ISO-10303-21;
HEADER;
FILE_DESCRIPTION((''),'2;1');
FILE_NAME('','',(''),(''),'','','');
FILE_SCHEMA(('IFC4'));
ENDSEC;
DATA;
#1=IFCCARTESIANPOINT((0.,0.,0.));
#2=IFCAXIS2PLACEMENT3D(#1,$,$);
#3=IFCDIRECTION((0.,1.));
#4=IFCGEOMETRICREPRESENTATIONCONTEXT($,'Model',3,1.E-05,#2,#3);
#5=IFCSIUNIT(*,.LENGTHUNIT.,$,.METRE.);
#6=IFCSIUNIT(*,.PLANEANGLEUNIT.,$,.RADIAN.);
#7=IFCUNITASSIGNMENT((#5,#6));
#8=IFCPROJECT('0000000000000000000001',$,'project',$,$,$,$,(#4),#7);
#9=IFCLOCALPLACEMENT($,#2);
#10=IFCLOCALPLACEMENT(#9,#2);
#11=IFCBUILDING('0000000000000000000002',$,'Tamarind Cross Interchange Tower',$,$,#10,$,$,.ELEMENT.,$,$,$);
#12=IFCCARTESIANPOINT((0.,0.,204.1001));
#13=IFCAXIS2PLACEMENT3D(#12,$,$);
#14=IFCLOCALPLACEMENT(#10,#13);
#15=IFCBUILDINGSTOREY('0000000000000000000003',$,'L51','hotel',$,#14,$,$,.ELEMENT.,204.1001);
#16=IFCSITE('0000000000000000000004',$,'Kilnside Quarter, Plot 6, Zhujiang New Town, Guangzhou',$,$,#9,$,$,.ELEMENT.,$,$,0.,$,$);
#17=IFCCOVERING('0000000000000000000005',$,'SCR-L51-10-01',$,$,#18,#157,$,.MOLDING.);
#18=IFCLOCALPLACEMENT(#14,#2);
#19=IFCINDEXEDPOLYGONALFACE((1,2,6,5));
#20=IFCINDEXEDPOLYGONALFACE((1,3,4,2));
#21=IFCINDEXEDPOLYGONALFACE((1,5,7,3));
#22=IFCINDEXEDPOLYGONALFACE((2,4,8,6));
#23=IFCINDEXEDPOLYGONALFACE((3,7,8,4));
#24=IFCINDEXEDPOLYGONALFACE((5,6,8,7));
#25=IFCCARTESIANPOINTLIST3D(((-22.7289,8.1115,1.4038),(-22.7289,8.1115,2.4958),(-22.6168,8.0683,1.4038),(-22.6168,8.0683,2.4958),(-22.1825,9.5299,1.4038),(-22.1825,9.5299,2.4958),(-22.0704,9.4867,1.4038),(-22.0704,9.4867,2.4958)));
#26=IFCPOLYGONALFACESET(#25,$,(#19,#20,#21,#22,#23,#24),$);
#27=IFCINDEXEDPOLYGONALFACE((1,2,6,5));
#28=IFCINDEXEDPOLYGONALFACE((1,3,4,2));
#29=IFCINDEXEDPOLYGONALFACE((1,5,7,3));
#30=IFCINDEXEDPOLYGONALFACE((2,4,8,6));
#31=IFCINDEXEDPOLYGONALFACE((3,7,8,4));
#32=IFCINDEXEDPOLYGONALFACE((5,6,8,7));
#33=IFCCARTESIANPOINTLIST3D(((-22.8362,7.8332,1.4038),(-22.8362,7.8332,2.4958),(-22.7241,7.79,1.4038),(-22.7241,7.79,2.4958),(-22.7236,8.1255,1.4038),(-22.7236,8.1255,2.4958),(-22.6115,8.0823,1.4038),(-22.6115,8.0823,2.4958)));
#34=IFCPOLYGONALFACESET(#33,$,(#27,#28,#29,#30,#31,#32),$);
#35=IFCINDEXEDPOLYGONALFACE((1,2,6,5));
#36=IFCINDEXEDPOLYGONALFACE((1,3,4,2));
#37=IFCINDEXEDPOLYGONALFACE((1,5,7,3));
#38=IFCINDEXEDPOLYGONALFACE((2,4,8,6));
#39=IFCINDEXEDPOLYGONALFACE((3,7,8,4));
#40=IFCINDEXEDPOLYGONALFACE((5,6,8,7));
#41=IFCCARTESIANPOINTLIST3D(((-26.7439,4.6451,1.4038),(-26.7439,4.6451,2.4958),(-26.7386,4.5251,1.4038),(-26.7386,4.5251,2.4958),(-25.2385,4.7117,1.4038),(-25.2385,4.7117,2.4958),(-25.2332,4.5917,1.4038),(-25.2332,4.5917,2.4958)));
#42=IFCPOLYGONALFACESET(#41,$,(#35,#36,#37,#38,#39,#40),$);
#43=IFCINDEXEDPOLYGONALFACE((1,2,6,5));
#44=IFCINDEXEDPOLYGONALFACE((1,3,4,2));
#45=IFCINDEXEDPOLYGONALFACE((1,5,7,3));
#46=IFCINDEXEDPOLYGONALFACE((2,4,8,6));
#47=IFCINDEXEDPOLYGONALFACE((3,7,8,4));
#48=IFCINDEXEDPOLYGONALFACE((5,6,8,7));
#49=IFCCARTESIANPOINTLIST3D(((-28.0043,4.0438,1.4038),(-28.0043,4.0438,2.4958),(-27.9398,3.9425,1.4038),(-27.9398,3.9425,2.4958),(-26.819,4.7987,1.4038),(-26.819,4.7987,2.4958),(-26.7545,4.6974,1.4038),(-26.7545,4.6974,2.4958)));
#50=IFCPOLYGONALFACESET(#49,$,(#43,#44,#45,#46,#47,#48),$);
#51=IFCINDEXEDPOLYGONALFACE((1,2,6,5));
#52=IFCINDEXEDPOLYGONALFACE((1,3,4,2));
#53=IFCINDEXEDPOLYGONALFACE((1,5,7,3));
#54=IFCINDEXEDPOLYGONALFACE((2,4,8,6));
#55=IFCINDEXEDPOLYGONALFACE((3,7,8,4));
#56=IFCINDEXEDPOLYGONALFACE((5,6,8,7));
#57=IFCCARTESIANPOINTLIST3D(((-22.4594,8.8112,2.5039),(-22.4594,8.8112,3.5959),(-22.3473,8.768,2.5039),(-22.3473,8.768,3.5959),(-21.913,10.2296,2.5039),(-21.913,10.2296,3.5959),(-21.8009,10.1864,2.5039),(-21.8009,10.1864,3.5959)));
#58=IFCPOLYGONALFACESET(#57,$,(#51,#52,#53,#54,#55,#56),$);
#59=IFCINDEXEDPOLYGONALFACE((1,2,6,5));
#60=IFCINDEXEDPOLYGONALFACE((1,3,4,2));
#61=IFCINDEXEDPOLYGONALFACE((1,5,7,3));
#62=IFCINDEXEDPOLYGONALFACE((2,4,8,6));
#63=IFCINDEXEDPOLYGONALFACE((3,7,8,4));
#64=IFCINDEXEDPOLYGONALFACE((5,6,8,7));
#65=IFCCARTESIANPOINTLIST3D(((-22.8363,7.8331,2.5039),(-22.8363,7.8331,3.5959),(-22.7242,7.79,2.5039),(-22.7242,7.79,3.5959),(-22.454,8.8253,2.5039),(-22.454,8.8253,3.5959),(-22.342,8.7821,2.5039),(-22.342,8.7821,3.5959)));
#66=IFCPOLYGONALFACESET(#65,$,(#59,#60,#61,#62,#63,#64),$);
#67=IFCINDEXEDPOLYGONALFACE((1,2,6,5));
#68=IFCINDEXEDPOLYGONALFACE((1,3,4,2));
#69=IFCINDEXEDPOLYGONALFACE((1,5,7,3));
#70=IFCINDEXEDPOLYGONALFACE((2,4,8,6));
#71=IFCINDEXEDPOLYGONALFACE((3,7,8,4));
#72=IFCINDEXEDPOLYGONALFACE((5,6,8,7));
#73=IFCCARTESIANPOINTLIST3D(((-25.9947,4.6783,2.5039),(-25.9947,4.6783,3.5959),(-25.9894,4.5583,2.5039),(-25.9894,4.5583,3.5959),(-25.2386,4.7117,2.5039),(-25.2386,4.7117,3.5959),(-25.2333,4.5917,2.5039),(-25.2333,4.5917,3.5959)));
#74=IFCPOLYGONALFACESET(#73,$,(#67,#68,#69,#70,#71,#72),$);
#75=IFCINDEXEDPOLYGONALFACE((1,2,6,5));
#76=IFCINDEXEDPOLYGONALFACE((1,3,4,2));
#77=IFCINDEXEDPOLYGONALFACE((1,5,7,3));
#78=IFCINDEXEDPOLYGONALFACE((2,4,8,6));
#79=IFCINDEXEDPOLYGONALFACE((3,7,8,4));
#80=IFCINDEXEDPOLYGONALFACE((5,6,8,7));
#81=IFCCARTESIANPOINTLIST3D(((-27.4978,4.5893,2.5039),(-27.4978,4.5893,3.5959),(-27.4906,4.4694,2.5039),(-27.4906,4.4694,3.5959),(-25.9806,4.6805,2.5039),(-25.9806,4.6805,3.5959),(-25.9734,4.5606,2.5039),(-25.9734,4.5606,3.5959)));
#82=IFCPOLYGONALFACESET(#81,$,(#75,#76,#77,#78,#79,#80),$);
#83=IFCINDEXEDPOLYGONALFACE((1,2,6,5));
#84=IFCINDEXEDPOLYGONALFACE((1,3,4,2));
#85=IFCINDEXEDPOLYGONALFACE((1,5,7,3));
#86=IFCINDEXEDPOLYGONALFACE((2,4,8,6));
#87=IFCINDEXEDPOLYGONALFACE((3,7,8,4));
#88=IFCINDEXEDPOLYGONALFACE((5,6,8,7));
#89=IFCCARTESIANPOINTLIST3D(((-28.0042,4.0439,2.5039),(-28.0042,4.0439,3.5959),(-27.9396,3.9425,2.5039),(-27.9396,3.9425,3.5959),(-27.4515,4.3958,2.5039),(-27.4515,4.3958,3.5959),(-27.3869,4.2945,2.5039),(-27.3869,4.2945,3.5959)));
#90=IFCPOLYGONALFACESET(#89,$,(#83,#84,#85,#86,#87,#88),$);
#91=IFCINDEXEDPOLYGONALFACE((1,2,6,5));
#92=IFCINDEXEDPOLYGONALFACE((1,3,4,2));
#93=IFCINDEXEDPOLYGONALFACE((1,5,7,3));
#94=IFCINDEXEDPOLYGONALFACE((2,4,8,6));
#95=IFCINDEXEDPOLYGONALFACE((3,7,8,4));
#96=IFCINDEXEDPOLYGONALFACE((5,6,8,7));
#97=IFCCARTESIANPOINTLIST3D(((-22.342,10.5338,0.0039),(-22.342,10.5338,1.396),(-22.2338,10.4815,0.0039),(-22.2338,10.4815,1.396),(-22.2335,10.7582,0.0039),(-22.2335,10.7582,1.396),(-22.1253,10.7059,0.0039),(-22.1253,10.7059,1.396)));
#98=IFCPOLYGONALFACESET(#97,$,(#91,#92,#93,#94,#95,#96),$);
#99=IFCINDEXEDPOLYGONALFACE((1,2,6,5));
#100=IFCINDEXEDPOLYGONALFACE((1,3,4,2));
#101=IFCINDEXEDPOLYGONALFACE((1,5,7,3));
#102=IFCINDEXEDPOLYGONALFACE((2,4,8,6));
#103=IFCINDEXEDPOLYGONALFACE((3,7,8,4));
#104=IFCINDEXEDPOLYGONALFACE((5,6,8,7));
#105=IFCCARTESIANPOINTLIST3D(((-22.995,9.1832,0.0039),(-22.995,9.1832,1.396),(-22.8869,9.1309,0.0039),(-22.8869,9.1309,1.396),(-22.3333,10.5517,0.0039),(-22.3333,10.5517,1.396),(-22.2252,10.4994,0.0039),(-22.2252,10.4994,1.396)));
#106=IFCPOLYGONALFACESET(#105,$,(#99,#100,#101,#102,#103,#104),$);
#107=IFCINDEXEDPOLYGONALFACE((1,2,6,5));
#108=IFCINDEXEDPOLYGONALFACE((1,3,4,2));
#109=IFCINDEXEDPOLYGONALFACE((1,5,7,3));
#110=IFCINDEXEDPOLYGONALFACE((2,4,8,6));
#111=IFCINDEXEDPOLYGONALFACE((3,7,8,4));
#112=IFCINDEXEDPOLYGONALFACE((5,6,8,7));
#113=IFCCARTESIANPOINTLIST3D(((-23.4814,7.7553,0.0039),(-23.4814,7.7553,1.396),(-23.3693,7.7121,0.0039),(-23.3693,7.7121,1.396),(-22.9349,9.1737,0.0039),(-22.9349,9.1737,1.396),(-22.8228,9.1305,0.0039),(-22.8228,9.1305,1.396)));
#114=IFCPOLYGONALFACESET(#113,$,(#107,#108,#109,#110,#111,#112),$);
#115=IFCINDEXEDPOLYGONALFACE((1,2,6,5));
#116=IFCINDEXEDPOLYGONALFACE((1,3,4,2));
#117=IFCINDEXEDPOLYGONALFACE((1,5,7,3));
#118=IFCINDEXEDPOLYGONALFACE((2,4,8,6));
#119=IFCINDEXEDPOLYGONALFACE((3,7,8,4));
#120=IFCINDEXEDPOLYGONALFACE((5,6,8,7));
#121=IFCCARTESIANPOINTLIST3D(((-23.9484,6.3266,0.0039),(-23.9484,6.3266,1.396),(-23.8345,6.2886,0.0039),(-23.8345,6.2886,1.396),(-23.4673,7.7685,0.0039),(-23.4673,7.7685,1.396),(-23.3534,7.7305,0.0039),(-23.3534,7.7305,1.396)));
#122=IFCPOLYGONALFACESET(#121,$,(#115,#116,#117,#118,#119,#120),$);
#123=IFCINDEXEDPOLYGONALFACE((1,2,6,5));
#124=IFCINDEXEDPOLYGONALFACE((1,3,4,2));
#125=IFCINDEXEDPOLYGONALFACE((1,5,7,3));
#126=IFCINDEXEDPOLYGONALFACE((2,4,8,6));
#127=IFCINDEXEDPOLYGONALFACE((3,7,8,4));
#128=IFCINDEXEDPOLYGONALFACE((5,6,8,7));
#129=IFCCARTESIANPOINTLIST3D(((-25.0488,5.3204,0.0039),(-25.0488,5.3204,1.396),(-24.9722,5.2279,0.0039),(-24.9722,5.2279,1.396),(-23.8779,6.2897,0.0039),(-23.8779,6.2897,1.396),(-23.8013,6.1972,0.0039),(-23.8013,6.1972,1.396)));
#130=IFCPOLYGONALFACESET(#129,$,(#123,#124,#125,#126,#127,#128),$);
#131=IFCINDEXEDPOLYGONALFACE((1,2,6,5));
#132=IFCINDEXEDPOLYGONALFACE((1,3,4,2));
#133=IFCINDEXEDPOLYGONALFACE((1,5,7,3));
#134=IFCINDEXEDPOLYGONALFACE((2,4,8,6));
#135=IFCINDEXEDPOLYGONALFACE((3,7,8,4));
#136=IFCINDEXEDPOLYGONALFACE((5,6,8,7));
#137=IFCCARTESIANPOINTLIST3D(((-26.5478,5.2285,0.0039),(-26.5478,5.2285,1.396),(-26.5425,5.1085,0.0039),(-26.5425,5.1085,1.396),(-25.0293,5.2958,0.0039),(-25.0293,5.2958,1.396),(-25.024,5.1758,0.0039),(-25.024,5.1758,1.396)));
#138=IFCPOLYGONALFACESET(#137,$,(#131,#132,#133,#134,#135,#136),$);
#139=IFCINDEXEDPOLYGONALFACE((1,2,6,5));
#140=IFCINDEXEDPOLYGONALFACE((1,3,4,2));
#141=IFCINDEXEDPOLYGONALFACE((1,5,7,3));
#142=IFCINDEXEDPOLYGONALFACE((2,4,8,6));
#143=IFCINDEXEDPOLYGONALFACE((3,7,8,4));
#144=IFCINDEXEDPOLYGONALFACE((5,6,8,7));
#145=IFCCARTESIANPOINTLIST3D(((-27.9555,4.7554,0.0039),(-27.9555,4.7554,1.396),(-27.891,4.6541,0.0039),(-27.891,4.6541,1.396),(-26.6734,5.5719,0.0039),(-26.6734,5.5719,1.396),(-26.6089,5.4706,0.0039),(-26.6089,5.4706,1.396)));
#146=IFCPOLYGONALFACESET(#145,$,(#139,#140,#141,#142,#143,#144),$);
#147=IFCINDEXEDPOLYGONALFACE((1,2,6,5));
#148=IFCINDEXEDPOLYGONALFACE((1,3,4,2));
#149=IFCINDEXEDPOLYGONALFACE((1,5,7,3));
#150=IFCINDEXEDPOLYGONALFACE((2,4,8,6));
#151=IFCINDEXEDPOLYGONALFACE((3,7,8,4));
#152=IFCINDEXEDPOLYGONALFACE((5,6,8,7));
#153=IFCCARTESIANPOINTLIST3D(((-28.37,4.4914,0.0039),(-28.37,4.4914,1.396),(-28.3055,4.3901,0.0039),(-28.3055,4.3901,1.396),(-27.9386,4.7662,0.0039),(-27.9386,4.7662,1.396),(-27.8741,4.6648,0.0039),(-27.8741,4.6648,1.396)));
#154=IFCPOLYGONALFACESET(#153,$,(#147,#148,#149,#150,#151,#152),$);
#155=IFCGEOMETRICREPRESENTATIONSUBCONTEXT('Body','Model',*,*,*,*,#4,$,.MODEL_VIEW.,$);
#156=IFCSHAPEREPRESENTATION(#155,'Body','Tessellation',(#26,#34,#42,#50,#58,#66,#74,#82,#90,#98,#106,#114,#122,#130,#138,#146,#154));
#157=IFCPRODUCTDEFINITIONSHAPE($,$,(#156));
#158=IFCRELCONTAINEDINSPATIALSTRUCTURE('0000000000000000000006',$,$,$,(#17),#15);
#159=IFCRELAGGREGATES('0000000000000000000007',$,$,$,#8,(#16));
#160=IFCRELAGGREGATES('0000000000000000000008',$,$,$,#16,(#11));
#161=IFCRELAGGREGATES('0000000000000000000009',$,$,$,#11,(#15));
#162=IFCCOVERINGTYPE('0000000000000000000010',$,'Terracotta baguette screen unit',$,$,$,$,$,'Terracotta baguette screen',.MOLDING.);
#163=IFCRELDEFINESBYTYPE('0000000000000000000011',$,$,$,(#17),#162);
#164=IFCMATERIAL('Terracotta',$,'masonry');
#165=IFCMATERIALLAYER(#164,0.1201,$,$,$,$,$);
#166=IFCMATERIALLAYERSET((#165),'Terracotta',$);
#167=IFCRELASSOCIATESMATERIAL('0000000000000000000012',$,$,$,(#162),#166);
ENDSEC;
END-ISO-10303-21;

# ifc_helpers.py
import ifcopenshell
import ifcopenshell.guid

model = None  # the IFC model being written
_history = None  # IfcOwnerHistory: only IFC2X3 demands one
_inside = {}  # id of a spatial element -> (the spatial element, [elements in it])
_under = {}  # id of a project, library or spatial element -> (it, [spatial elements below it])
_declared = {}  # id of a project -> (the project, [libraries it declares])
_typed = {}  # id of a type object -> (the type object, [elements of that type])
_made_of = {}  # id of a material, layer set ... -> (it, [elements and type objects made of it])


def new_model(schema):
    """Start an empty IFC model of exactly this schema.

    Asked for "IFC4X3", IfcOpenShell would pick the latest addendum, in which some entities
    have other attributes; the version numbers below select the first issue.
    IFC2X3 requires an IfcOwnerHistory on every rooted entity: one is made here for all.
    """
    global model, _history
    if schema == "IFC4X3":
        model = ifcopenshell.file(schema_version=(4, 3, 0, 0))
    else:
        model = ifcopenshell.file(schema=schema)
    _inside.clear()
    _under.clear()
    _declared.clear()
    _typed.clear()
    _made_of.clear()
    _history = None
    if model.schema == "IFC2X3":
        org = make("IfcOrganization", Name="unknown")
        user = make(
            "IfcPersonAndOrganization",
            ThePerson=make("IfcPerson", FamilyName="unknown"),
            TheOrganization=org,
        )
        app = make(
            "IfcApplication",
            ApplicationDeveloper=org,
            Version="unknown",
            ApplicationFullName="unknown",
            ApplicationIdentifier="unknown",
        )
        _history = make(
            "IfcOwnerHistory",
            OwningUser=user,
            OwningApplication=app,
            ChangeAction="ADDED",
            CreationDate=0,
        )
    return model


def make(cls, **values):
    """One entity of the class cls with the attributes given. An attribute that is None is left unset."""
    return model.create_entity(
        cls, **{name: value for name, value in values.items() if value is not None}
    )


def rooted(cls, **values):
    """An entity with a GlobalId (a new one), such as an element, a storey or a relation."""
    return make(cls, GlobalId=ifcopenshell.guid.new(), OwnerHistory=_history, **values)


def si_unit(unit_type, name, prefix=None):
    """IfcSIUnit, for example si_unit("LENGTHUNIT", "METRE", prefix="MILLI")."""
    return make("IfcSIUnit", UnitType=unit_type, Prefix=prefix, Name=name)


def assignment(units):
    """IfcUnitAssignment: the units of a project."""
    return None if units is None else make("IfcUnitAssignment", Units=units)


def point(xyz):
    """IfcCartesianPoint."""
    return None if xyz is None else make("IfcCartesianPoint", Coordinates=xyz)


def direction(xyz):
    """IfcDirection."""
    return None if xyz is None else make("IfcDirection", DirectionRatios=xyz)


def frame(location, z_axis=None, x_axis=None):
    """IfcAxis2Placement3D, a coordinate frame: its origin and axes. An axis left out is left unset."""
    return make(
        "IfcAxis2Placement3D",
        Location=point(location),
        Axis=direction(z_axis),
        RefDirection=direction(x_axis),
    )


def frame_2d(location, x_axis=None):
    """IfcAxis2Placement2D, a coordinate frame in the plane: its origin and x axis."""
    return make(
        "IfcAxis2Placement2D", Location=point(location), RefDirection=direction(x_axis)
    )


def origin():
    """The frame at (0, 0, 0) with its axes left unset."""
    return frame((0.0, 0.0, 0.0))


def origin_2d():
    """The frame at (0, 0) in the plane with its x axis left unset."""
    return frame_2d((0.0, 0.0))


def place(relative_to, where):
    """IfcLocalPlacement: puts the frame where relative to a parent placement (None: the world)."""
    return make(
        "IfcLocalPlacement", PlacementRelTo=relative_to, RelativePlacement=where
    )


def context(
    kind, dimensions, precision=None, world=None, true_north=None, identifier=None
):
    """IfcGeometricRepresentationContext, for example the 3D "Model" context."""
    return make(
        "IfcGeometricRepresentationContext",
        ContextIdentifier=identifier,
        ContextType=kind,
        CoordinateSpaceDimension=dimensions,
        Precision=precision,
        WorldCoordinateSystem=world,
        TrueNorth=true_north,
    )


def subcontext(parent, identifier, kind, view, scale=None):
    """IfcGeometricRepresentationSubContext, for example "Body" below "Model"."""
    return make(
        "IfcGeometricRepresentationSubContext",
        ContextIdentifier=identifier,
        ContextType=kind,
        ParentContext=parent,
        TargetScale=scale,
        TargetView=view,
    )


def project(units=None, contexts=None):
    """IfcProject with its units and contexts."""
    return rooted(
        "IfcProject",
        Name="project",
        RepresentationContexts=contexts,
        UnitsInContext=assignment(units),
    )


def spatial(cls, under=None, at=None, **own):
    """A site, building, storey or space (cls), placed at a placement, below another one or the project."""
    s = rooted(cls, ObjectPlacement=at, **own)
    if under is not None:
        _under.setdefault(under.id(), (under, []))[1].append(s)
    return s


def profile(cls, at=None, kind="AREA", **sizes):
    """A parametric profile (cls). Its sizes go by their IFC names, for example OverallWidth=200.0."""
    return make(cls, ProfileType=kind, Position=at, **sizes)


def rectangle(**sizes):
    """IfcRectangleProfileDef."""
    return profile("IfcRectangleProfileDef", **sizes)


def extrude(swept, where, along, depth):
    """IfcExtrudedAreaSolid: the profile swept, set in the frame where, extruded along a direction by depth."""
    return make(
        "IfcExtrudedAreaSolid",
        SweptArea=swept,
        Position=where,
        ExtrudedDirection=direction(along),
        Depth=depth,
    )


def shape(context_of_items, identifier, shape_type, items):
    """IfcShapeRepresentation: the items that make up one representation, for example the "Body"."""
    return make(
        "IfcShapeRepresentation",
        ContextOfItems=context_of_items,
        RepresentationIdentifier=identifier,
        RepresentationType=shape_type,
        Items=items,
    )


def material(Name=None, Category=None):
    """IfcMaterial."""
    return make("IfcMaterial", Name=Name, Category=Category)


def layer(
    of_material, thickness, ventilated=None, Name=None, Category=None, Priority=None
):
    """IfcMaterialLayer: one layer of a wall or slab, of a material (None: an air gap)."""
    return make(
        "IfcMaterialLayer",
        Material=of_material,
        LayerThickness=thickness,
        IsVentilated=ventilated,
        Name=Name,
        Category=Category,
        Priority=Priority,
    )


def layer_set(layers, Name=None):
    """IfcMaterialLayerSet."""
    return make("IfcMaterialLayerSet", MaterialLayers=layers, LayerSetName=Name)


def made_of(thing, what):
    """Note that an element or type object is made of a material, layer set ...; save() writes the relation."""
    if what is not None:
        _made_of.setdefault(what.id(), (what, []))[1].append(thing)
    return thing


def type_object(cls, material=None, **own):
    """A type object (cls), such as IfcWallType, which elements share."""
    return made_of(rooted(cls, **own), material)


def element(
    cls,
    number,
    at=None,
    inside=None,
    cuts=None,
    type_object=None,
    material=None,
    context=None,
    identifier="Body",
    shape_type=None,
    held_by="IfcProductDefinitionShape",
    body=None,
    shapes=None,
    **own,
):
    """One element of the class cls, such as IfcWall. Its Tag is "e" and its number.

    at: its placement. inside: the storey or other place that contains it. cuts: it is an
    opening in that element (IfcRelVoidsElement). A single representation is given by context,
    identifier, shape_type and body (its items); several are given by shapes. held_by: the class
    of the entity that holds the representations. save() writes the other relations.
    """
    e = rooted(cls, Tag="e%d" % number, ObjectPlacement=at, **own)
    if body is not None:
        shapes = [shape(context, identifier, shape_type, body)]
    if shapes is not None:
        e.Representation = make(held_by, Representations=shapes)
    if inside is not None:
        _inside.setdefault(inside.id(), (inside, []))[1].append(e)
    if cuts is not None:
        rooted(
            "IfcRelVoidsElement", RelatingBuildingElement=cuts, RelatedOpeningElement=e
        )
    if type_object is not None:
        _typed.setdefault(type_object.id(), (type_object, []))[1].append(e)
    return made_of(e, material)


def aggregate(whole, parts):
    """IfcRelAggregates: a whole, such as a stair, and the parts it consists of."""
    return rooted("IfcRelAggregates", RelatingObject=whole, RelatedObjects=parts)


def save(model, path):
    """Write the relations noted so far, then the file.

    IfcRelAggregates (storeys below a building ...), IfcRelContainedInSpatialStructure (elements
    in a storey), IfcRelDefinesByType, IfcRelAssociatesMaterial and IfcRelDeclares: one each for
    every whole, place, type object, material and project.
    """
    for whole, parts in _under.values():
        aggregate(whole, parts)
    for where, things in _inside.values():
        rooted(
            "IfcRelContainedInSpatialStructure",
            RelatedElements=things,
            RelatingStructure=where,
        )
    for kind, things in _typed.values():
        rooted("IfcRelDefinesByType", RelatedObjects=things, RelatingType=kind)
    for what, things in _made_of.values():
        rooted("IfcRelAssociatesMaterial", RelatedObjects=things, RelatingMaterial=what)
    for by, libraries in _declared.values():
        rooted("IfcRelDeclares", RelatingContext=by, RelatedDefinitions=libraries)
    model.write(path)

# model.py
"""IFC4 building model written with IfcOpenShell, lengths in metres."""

from ifc_helpers import new_model, si_unit, direction, frame, origin, origin_2d, place, context, subcontext, project, spatial, rectangle, extrude, material, layer, layer_set, type_object, element, save


model = new_model("IFC4")

# Units and contexts
model_context = context("Model", 3, precision=1e-05, world=origin(), true_north=direction((0.0, 1.0)))
body_context = subcontext(model_context, "Body", "Model", "MODEL_VIEW")
ifc_project = project(units=[si_unit("LENGTHUNIT", "METRE"), si_unit("PLANEANGLEUNIT", "RADIAN")], contexts=[model_context])

# Site, building, storey
site_placement = place(None, origin())
site = spatial("IfcSite", under=ifc_project, at=site_placement, Name="Kilnside Quarter, Plot 6, Zhujiang New Town, Guangzhou", CompositionType="ELEMENT", RefElevation=0.0)
building_placement = place(site_placement, origin())
building = spatial("IfcBuilding", under=site, at=building_placement, Name="Tamarind Cross Interchange Tower", CompositionType="ELEMENT")
storey_placement = place(building_placement, frame((0.0, 0.0, 204.1001)))
storey = spatial("IfcBuildingStorey", under=building, at=storey_placement, Name="L51", Description="hotel", CompositionType="ELEMENT", Elevation=204.1001)

# Covering
ifc_material_1 = material(Name="Terracotta", Category="masonry")
ifc_layer_1 = layer(ifc_material_1, 0.1201)
ifc_layer_set_1 = layer_set([ifc_layer_1], Name="Terracotta")
covering_type = type_object("IfcCoveringType", Name="Terracotta baguette screen unit", ElementType="Terracotta baguette screen", PredefinedType="MOLDING", material=ifc_layer_set_1)
covering_1_placement = place(storey_placement, origin())
element("IfcCovering", 1, at=covering_1_placement, inside=storey, type_object=covering_type, Name="SCR-L51-10-01", PredefinedType="MOLDING", context=body_context, shape_type="SweptSolid", body=[
    extrude(rectangle(XDim=1.52, YDim=0.1201, at=origin_2d()), frame((-22.3997, 8.7991, 1.4038), z_axis=(0.0, 0.0, 1.0), x_axis=(-0.359495, -0.933147, 0.0)), (0.0, 0.0, 1.0), 1.092),
    extrude(rectangle(XDim=0.3132, YDim=0.1201, at=origin_2d()), frame((-22.7239, 7.9578, 1.4038), z_axis=(0.0, 0.0, 1.0), x_axis=(-0.359495, -0.933147, 0.0)), (0.0, 0.0, 1.0), 1.092),
    extrude(rectangle(XDim=1.5068, YDim=0.1201, at=origin_2d()), frame((-25.9885, 4.6184, 1.4038), z_axis=(0.0, 0.0, 1.0), x_axis=(-0.999022, -0.044217, 0.0)), (0.0, 0.0, 1.0), 1.092),
    extrude(rectangle(XDim=1.4053, YDim=0.1201, at=origin_2d()), frame((-27.3794, 4.3706, 1.4038), z_axis=(0.0, 0.0, 1.0), x_axis=(-0.843474, -0.53717, 0.0)), (0.0, 0.0, 1.0), 1.092),
    extrude(rectangle(XDim=1.52, YDim=0.1201, at=origin_2d()), frame((-22.1301, 9.4988, 2.5039), z_axis=(0.0, 0.0, 1.0), x_axis=(-0.359495, -0.933147, 0.0)), (0.0, 0.0, 1.0), 1.092),
    extrude(rectangle(XDim=1.0632, YDim=0.1201, at=origin_2d()), frame((-22.5891, 8.3076, 2.5039), z_axis=(0.0, 0.0, 1.0), x_axis=(-0.359495, -0.933147, 0.0)), (0.0, 0.0, 1.0), 1.092),
    extrude(rectangle(XDim=0.7568, YDim=0.1201, at=origin_2d()), frame((-25.614, 4.635, 2.5039), z_axis=(0.0, 0.0, 1.0), x_axis=(-0.999022, -0.044217, 0.0)), (0.0, 0.0, 1.0), 1.092),
    extrude(rectangle(XDim=1.52, YDim=0.1201, at=origin_2d()), frame((-26.7356, 4.575, 2.5039), z_axis=(0.0, 0.0, 1.0), x_axis=(-0.998196, -0.060032, 0.0)), (0.0, 0.0, 1.0), 1.092),
    extrude(rectangle(XDim=0.6553, YDim=0.1201, at=origin_2d()), frame((-27.6956, 4.1692, 2.5039), z_axis=(0.0, 0.0, 1.0), x_axis=(-0.843474, -0.53717, 0.0)), (0.0, 0.0, 1.0), 1.092),
    extrude(rectangle(XDim=0.2493, YDim=0.1201, at=origin_2d()), frame((-22.2336, 10.6199, 0.0039), z_axis=(0.0, 0.0, 1.0), x_axis=(-0.435326, -0.900273, 0.0)), (0.0, 0.0, 1.0), 1.3921),
    extrude(rectangle(XDim=1.52, YDim=0.1201, at=origin_2d()), frame((-22.6101, 9.8413, 0.0039), z_axis=(0.0, 0.0, 1.0), x_axis=(-0.435326, -0.900273, 0.0)), (0.0, 0.0, 1.0), 1.3921),
    extrude(rectangle(XDim=1.52, YDim=0.1201, at=origin_2d()), frame((-23.1521, 8.4429, 0.0039), z_axis=(0.0, 0.0, 1.0), x_axis=(-0.359495, -0.933147, 0.0)), (0.0, 0.0, 1.0), 1.3921),
    extrude(rectangle(XDim=1.52, YDim=0.1201, at=origin_2d()), frame((-23.6509, 7.0286, 0.0039), z_axis=(0.0, 0.0, 1.0), x_axis=(-0.316502, -0.948592, 0.0)), (0.0, 0.0, 1.0), 1.3921),
    extrude(rectangle(XDim=1.52, YDim=0.1201, at=origin_2d()), frame((-24.425, 5.7588, 0.0039), z_axis=(0.0, 0.0, 1.0), x_axis=(-0.770298, -0.637684, 0.0)), (0.0, 0.0, 1.0), 1.3921),
    extrude(rectangle(XDim=1.52, YDim=0.1201, at=origin_2d()), frame((-25.7859, 5.2021, 0.0039), z_axis=(0.0, 0.0, 1.0), x_axis=(-0.999022, -0.044217, 0.0)), (0.0, 0.0, 1.0), 1.3921),
    extrude(rectangle(XDim=1.52, YDim=0.1201, at=origin_2d()), frame((-27.2822, 5.113, 0.0039), z_axis=(0.0, 0.0, 1.0), x_axis=(-0.843474, -0.53717, 0.0)), (0.0, 0.0, 1.0), 1.3921),
    extrude(rectangle(XDim=0.5115, YDim=0.1201, at=origin_2d()), frame((-28.1221, 4.5781, 0.0039), z_axis=(0.0, 0.0, 1.0), x_axis=(-0.843474, -0.53717, 0.0)), (0.0, 0.0, 1.0), 1.3921),
])

save(model, "model.ifc")
